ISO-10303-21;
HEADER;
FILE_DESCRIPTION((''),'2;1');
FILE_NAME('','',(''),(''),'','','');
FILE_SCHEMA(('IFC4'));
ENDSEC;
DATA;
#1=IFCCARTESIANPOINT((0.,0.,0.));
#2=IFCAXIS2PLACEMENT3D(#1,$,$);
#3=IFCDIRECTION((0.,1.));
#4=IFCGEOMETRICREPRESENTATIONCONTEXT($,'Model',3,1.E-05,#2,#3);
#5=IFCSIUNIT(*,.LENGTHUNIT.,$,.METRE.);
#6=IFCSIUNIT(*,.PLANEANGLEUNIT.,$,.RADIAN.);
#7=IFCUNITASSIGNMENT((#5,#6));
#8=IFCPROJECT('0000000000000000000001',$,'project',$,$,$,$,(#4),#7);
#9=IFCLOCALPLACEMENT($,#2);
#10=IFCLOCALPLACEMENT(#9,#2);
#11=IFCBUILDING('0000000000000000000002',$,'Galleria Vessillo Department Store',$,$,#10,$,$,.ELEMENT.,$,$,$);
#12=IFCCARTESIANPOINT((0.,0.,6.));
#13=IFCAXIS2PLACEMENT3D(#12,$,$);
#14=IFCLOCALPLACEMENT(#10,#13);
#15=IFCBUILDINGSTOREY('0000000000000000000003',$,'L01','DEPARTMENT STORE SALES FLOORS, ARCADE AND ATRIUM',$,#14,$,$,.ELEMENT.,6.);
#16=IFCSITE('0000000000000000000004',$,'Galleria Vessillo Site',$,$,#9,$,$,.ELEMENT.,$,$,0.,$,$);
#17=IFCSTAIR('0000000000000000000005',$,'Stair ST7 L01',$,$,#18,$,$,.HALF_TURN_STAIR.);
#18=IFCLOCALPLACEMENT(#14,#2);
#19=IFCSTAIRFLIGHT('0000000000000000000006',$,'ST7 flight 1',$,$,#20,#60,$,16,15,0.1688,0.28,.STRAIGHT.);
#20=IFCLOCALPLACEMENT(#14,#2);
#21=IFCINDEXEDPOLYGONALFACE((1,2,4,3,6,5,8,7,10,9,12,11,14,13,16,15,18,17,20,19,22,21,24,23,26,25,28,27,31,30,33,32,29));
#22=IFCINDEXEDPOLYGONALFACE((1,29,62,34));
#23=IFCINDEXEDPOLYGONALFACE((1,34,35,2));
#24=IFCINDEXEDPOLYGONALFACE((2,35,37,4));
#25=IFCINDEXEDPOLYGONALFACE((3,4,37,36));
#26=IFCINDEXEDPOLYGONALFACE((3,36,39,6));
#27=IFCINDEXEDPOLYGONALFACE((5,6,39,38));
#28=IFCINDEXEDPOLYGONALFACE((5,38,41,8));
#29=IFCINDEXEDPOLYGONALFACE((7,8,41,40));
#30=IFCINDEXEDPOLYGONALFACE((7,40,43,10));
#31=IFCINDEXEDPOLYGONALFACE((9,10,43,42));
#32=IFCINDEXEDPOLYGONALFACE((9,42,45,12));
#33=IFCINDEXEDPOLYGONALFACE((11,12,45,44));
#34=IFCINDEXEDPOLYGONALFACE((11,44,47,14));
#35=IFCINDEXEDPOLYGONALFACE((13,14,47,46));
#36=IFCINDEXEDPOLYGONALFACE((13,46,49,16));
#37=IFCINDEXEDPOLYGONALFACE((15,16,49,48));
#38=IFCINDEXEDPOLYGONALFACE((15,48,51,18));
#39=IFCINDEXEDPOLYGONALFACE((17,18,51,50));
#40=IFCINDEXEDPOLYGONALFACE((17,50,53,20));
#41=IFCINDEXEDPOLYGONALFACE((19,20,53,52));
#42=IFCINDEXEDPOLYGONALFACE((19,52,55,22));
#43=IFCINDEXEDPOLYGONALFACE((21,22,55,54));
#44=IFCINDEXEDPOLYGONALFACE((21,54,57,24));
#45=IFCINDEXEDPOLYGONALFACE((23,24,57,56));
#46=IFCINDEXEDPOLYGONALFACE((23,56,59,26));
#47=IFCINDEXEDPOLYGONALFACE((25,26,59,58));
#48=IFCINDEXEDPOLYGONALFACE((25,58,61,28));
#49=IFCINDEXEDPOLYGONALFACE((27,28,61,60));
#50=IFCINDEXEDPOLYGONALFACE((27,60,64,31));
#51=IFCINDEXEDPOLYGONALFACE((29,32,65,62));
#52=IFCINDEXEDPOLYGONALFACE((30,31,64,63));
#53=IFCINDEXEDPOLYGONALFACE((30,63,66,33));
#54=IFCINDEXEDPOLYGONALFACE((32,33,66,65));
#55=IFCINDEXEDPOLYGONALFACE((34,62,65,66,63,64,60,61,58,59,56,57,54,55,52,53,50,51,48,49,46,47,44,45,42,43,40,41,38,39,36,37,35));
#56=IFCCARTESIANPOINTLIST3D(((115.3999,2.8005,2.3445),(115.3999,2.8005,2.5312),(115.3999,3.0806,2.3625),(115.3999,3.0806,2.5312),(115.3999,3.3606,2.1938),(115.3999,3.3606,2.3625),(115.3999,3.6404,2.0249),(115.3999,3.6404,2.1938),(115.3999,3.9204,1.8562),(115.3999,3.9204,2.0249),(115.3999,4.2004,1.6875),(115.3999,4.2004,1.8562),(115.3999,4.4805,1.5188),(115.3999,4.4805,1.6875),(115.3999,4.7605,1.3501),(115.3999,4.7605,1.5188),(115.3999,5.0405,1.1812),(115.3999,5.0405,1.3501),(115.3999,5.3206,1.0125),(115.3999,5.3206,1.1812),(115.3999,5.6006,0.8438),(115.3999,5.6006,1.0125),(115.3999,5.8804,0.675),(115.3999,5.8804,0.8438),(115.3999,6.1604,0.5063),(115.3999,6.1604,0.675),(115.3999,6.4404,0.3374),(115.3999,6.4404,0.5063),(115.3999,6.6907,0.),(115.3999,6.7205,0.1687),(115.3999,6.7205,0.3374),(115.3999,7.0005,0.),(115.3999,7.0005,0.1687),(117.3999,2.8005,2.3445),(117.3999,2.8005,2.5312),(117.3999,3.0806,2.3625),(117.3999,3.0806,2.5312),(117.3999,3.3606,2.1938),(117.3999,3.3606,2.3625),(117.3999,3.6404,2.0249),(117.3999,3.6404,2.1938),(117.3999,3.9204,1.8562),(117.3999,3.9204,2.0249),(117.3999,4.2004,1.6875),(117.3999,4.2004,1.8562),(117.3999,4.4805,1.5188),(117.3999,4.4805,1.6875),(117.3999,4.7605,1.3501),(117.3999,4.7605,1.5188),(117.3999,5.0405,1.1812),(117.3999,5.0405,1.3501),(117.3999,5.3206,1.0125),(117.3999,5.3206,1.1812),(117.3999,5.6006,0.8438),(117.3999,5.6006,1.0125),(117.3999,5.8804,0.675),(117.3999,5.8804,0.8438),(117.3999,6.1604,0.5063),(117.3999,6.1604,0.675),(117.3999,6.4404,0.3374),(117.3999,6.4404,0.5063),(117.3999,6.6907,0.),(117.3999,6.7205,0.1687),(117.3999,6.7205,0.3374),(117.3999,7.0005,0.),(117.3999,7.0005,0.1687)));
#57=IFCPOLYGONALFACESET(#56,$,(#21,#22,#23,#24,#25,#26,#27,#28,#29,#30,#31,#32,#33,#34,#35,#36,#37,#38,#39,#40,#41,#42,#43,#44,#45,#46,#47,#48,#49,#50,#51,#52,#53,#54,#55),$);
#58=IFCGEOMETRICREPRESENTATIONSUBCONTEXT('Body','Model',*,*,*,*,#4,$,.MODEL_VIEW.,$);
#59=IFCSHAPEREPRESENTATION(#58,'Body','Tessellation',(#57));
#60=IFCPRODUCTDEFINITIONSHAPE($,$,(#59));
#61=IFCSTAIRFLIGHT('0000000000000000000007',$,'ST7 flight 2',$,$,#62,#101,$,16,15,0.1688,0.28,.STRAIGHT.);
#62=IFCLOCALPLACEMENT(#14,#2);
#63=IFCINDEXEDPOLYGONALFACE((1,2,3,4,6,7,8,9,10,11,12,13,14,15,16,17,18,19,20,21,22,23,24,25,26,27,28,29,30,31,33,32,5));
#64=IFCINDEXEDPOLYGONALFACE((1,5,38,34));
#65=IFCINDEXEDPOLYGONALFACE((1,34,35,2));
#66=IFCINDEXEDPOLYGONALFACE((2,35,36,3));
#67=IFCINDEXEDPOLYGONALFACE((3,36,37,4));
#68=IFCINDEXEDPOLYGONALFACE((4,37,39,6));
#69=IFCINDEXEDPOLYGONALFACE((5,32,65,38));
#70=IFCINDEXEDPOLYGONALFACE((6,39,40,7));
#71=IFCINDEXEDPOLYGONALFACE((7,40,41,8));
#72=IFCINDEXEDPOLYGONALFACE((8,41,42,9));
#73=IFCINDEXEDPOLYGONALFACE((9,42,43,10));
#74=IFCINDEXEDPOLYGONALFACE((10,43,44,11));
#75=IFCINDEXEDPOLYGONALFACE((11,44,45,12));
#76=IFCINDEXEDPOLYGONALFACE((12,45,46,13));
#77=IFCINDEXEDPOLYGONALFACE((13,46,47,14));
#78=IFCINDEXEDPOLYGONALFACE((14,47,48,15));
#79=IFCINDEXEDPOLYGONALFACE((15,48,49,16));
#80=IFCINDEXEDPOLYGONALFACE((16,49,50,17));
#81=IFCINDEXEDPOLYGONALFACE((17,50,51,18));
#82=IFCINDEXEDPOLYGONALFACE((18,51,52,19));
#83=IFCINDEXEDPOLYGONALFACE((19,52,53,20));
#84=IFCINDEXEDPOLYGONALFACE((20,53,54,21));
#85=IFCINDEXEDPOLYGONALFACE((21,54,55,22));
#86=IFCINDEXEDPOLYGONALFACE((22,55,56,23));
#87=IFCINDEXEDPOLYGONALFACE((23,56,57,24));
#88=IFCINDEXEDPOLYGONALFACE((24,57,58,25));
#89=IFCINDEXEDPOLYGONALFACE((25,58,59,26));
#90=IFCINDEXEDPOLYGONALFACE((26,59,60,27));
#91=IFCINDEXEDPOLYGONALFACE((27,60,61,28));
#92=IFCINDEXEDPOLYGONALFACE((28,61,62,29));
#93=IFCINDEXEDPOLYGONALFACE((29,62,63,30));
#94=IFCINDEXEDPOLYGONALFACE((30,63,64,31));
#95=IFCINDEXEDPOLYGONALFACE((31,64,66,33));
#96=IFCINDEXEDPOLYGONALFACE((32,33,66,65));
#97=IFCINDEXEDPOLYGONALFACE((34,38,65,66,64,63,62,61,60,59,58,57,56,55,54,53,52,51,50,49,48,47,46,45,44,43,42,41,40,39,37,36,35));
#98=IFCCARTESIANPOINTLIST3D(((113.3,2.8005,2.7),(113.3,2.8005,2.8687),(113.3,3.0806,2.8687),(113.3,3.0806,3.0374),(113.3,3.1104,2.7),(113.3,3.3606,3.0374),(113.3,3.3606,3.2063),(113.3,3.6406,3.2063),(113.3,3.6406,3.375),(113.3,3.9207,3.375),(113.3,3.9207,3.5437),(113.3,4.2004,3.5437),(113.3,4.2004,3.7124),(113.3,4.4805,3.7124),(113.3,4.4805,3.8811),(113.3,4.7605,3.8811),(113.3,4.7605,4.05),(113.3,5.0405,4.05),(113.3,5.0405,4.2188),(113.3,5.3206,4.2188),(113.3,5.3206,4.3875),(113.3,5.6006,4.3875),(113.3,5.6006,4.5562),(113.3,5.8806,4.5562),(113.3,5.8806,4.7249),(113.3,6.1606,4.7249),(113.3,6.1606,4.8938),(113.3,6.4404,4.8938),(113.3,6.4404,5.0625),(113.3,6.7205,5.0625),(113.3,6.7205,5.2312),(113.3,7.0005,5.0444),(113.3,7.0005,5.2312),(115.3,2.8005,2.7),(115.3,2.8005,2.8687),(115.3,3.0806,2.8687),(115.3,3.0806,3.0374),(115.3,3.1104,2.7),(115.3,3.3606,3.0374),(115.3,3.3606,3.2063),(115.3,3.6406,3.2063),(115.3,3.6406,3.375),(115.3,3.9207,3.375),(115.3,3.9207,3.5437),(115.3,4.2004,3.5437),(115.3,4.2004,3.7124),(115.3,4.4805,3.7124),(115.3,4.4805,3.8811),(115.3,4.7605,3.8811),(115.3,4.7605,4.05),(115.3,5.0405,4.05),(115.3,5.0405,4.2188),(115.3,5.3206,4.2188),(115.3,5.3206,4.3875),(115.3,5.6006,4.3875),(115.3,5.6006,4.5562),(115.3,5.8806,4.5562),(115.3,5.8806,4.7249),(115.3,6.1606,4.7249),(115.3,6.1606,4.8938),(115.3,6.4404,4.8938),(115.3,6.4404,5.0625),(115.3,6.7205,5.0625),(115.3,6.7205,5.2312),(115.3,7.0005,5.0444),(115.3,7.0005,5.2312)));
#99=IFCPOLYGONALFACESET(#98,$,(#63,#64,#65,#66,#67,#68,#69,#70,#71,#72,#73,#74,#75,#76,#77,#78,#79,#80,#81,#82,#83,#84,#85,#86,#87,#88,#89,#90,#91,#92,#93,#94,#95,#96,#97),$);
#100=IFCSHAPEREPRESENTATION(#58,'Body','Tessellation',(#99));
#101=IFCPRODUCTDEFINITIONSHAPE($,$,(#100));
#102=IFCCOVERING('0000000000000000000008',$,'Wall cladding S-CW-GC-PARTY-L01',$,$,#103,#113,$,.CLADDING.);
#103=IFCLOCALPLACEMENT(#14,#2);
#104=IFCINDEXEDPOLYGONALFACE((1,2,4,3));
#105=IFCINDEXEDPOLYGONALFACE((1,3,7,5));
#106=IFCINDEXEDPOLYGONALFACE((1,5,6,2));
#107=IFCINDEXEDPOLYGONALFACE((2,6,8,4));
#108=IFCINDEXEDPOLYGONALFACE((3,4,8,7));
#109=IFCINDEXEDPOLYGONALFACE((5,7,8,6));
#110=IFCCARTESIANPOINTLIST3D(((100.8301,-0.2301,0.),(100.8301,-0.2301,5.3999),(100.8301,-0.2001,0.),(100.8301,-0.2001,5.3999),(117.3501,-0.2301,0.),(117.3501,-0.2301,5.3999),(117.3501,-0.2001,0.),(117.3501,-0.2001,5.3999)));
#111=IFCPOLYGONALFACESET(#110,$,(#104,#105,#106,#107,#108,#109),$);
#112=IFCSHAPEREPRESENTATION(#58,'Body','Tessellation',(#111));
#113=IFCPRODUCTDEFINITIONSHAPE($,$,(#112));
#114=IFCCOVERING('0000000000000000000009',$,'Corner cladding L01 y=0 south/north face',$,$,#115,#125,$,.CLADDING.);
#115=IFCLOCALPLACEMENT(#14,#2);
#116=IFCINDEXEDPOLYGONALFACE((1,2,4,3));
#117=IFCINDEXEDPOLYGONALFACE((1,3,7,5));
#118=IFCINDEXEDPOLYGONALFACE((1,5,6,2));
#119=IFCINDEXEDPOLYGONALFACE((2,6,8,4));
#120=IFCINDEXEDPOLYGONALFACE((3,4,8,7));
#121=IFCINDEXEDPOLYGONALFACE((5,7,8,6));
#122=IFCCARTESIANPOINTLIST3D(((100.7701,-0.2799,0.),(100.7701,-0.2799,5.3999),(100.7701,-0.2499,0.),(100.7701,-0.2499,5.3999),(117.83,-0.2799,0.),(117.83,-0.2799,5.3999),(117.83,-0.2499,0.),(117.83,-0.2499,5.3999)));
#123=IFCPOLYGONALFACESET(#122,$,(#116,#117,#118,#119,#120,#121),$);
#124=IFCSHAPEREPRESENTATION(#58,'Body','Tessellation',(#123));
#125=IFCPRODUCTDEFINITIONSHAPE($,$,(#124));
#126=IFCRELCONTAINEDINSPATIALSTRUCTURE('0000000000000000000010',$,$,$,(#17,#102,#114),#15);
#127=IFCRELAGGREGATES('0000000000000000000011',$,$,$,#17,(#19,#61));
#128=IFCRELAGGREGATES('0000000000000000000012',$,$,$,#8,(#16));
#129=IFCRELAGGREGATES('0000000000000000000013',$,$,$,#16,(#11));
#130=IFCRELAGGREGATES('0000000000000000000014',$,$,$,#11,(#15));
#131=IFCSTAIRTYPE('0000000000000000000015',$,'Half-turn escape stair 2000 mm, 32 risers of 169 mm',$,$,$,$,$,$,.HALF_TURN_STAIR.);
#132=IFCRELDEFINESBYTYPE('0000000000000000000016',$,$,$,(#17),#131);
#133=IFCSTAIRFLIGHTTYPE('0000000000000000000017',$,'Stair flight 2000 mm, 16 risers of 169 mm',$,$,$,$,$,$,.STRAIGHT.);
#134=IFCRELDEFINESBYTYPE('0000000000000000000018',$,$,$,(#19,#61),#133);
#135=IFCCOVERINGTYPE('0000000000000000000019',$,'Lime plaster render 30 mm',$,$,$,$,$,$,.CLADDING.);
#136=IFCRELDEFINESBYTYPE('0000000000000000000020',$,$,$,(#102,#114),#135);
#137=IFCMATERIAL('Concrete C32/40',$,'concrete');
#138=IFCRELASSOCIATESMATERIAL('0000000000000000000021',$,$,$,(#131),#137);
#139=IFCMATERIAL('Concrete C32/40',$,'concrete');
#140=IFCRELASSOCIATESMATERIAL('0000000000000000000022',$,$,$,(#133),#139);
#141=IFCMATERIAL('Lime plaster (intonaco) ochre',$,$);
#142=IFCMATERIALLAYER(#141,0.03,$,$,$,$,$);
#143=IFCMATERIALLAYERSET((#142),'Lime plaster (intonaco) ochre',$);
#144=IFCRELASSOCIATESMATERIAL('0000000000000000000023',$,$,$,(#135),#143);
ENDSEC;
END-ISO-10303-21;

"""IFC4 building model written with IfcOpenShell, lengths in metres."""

from ifc_helpers import new_model, si_unit, direction, frame, origin, origin_2d, place, context, subcontext, project, spatial, polyline, rectangle, outline, extrude, material, layer, layer_set, type_object, element, aggregate, save


model = new_model("IFC4")

# Units and contexts
model_context = context("Model", 3, precision=1e-05, world=origin(), true_north=direction((0.0, 1.0)))
body_context = subcontext(model_context, "Body", "Model", "MODEL_VIEW")
ifc_project = project(units=[si_unit("LENGTHUNIT", "METRE"), si_unit("PLANEANGLEUNIT", "RADIAN")], contexts=[model_context])

# Site, building, storey
site_placement = place(None, origin())
site = spatial("IfcSite", under=ifc_project, at=site_placement, Name="Galleria Vessillo Site", CompositionType="ELEMENT", RefElevation=0.0)
building_placement = place(site_placement, origin())
building = spatial("IfcBuilding", under=site, at=building_placement, Name="Galleria Vessillo Department Store", CompositionType="ELEMENT")
storey_placement = place(building_placement, frame((0.0, 0.0, 6.0)))
storey = spatial("IfcBuildingStorey", under=building, at=storey_placement, Name="L01", Description="DEPARTMENT STORE SALES FLOORS, ARCADE AND ATRIUM", CompositionType="ELEMENT", Elevation=6.0)

# Stair, stair flights
ifc_material_1 = material(Name="Concrete C32/40", Category="concrete")
stair_type = type_object("IfcStairType", Name="Half-turn escape stair 2000 mm, 32 risers of 169 mm", PredefinedType="HALF_TURN_STAIR", material=ifc_material_1)
stair_placement = place(storey_placement, origin())
stair = element("IfcStair", 1, at=stair_placement, inside=storey, type_object=stair_type, Name="Stair ST7 L01", PredefinedType="HALF_TURN_STAIR")
ifc_material_2 = material(Name="Concrete C32/40", Category="concrete")
stair_flight_type = type_object("IfcStairFlightType", Name="Stair flight 2000 mm, 16 risers of 169 mm", PredefinedType="STRAIGHT", material=ifc_material_2)
stair_flight_1_placement = place(storey_placement, frame((116.3999, 7.0005, 0.0), z_axis=(0.0, 0.0, 1.0), x_axis=(0.0, -1.0, 0.0)))
stair_flight_1 = element("IfcStairFlight", 2, at=stair_flight_1_placement, type_object=stair_flight_type, Name="ST7 flight 1", NumberOfRisers=16, NumberOfTreads=15, PredefinedType="STRAIGHT", RiserHeight=0.1688, TreadLength=0.28, context=body_context, shape_type="SweptSolid", body=[
    extrude(outline(polyline([(0.0, 0.0), (0.0, 0.1687), (0.28, 0.1687), (0.28, 0.3374), (0.5601, 0.3374), (0.5601, 0.5063), (0.8401, 0.5063), (0.8401, 0.675), (1.1201, 0.675), (1.1201, 0.8438), (1.3999, 0.8438), (1.3999, 1.0125), (1.6799, 1.0125), (1.6799, 1.1812), (1.96, 1.1812), (1.96, 1.3501), (2.24, 1.3501), (2.24, 1.5188), (2.52, 1.5188), (2.52, 1.6875), (2.8, 1.6875), (2.8, 1.8562), (3.0801, 1.8562), (3.0801, 2.0249), (3.3601, 2.0249), (3.3601, 2.1938), (3.6399, 2.1938), (3.6399, 2.3625), (3.9199, 2.3625), (3.9199, 2.5312), (4.2, 2.5312), (4.2, 2.7), (4.2, 2.3445), (0.3098, 0.0), (0.0, 0.0)])), frame((0.0, 1.0, 0.0), z_axis=(0.0, -1.0, 0.0), x_axis=(1.0, 0.0, 0.0)), (0.0, 0.0, 1.0), 2.0),
])
stair_flight_2_placement = place(storey_placement, frame((114.3, 2.8005, 2.7), z_axis=(0.0, 0.0, 1.0), x_axis=(0.0, 1.0, 0.0)))
stair_flight_2 = element("IfcStairFlight", 3, at=stair_flight_2_placement, type_object=stair_flight_type, Name="ST7 flight 2", NumberOfRisers=16, NumberOfTreads=15, PredefinedType="STRAIGHT", RiserHeight=0.1688, TreadLength=0.28, context=body_context, shape_type="SweptSolid", body=[
    extrude(outline(polyline([(0.0, 0.0), (0.0, 0.1687), (0.28, 0.1687), (0.28, 0.3374), (0.5601, 0.3374), (0.5601, 0.5063), (0.8401, 0.5063), (0.8401, 0.675), (1.1201, 0.675), (1.1201, 0.8438), (1.3999, 0.8438), (1.3999, 1.0125), (1.6799, 1.0125), (1.6799, 1.1812), (1.96, 1.1812), (1.96, 1.3501), (2.24, 1.3501), (2.24, 1.5188), (2.52, 1.5188), (2.52, 1.6875), (2.8, 1.6875), (2.8, 1.8562), (3.0801, 1.8562), (3.0801, 2.0249), (3.3601, 2.0249), (3.3601, 2.1938), (3.6399, 2.1938), (3.6399, 2.3625), (3.9199, 2.3625), (3.9199, 2.5312), (4.2, 2.5312), (4.2, 2.7), (4.2, 2.3445), (0.3098, 0.0), (0.0, 0.0)])), frame((0.0, 1.0, 0.0), z_axis=(0.0, -1.0, 0.0), x_axis=(1.0, 0.0, 0.0)), (0.0, 0.0, 1.0), 2.0),
])
aggregate(stair, [stair_flight_1, stair_flight_2])

# Coverings
ifc_material_3 = material(Name="Lime plaster (intonaco) ochre")
ifc_layer_1 = layer(ifc_material_3, 0.03)
ifc_layer_set_1 = layer_set([ifc_layer_1], Name="Lime plaster (intonaco) ochre")
covering_type = type_object("IfcCoveringType", Name="Lime plaster render 30 mm", PredefinedType="CLADDING", material=ifc_layer_set_1)
covering_1_placement = place(storey_placement, frame((109.0901, -0.2151, 0.0), z_axis=(0.0, 0.0, 1.0), x_axis=(1.0, 0.0, 0.0)))
element("IfcCovering", 4, at=covering_1_placement, inside=storey, type_object=covering_type, Name="Wall cladding S-CW-GC-PARTY-L01", PredefinedType="CLADDING", context=body_context, shape_type="SweptSolid", body=[
    extrude(rectangle(XDim=16.52, YDim=0.03, at=origin_2d()), origin(), (0.0, 0.0, 1.0), 5.3999),
])
covering_2_placement = place(storey_placement, frame((109.3, -0.2649, 0.0), z_axis=(0.0, 0.0, 1.0), x_axis=(1.0, 0.0, 0.0)))
element("IfcCovering", 5, at=covering_2_placement, inside=storey, type_object=covering_type, Name="Corner cladding L01 y=0 south/north face", PredefinedType="CLADDING", context=body_context, shape_type="SweptSolid", body=[
    extrude(rectangle(XDim=17.0598, YDim=0.03, at=origin_2d()), origin(), (0.0, 0.0, 1.0), 5.3999),
])

save(model, "model.ifc")
